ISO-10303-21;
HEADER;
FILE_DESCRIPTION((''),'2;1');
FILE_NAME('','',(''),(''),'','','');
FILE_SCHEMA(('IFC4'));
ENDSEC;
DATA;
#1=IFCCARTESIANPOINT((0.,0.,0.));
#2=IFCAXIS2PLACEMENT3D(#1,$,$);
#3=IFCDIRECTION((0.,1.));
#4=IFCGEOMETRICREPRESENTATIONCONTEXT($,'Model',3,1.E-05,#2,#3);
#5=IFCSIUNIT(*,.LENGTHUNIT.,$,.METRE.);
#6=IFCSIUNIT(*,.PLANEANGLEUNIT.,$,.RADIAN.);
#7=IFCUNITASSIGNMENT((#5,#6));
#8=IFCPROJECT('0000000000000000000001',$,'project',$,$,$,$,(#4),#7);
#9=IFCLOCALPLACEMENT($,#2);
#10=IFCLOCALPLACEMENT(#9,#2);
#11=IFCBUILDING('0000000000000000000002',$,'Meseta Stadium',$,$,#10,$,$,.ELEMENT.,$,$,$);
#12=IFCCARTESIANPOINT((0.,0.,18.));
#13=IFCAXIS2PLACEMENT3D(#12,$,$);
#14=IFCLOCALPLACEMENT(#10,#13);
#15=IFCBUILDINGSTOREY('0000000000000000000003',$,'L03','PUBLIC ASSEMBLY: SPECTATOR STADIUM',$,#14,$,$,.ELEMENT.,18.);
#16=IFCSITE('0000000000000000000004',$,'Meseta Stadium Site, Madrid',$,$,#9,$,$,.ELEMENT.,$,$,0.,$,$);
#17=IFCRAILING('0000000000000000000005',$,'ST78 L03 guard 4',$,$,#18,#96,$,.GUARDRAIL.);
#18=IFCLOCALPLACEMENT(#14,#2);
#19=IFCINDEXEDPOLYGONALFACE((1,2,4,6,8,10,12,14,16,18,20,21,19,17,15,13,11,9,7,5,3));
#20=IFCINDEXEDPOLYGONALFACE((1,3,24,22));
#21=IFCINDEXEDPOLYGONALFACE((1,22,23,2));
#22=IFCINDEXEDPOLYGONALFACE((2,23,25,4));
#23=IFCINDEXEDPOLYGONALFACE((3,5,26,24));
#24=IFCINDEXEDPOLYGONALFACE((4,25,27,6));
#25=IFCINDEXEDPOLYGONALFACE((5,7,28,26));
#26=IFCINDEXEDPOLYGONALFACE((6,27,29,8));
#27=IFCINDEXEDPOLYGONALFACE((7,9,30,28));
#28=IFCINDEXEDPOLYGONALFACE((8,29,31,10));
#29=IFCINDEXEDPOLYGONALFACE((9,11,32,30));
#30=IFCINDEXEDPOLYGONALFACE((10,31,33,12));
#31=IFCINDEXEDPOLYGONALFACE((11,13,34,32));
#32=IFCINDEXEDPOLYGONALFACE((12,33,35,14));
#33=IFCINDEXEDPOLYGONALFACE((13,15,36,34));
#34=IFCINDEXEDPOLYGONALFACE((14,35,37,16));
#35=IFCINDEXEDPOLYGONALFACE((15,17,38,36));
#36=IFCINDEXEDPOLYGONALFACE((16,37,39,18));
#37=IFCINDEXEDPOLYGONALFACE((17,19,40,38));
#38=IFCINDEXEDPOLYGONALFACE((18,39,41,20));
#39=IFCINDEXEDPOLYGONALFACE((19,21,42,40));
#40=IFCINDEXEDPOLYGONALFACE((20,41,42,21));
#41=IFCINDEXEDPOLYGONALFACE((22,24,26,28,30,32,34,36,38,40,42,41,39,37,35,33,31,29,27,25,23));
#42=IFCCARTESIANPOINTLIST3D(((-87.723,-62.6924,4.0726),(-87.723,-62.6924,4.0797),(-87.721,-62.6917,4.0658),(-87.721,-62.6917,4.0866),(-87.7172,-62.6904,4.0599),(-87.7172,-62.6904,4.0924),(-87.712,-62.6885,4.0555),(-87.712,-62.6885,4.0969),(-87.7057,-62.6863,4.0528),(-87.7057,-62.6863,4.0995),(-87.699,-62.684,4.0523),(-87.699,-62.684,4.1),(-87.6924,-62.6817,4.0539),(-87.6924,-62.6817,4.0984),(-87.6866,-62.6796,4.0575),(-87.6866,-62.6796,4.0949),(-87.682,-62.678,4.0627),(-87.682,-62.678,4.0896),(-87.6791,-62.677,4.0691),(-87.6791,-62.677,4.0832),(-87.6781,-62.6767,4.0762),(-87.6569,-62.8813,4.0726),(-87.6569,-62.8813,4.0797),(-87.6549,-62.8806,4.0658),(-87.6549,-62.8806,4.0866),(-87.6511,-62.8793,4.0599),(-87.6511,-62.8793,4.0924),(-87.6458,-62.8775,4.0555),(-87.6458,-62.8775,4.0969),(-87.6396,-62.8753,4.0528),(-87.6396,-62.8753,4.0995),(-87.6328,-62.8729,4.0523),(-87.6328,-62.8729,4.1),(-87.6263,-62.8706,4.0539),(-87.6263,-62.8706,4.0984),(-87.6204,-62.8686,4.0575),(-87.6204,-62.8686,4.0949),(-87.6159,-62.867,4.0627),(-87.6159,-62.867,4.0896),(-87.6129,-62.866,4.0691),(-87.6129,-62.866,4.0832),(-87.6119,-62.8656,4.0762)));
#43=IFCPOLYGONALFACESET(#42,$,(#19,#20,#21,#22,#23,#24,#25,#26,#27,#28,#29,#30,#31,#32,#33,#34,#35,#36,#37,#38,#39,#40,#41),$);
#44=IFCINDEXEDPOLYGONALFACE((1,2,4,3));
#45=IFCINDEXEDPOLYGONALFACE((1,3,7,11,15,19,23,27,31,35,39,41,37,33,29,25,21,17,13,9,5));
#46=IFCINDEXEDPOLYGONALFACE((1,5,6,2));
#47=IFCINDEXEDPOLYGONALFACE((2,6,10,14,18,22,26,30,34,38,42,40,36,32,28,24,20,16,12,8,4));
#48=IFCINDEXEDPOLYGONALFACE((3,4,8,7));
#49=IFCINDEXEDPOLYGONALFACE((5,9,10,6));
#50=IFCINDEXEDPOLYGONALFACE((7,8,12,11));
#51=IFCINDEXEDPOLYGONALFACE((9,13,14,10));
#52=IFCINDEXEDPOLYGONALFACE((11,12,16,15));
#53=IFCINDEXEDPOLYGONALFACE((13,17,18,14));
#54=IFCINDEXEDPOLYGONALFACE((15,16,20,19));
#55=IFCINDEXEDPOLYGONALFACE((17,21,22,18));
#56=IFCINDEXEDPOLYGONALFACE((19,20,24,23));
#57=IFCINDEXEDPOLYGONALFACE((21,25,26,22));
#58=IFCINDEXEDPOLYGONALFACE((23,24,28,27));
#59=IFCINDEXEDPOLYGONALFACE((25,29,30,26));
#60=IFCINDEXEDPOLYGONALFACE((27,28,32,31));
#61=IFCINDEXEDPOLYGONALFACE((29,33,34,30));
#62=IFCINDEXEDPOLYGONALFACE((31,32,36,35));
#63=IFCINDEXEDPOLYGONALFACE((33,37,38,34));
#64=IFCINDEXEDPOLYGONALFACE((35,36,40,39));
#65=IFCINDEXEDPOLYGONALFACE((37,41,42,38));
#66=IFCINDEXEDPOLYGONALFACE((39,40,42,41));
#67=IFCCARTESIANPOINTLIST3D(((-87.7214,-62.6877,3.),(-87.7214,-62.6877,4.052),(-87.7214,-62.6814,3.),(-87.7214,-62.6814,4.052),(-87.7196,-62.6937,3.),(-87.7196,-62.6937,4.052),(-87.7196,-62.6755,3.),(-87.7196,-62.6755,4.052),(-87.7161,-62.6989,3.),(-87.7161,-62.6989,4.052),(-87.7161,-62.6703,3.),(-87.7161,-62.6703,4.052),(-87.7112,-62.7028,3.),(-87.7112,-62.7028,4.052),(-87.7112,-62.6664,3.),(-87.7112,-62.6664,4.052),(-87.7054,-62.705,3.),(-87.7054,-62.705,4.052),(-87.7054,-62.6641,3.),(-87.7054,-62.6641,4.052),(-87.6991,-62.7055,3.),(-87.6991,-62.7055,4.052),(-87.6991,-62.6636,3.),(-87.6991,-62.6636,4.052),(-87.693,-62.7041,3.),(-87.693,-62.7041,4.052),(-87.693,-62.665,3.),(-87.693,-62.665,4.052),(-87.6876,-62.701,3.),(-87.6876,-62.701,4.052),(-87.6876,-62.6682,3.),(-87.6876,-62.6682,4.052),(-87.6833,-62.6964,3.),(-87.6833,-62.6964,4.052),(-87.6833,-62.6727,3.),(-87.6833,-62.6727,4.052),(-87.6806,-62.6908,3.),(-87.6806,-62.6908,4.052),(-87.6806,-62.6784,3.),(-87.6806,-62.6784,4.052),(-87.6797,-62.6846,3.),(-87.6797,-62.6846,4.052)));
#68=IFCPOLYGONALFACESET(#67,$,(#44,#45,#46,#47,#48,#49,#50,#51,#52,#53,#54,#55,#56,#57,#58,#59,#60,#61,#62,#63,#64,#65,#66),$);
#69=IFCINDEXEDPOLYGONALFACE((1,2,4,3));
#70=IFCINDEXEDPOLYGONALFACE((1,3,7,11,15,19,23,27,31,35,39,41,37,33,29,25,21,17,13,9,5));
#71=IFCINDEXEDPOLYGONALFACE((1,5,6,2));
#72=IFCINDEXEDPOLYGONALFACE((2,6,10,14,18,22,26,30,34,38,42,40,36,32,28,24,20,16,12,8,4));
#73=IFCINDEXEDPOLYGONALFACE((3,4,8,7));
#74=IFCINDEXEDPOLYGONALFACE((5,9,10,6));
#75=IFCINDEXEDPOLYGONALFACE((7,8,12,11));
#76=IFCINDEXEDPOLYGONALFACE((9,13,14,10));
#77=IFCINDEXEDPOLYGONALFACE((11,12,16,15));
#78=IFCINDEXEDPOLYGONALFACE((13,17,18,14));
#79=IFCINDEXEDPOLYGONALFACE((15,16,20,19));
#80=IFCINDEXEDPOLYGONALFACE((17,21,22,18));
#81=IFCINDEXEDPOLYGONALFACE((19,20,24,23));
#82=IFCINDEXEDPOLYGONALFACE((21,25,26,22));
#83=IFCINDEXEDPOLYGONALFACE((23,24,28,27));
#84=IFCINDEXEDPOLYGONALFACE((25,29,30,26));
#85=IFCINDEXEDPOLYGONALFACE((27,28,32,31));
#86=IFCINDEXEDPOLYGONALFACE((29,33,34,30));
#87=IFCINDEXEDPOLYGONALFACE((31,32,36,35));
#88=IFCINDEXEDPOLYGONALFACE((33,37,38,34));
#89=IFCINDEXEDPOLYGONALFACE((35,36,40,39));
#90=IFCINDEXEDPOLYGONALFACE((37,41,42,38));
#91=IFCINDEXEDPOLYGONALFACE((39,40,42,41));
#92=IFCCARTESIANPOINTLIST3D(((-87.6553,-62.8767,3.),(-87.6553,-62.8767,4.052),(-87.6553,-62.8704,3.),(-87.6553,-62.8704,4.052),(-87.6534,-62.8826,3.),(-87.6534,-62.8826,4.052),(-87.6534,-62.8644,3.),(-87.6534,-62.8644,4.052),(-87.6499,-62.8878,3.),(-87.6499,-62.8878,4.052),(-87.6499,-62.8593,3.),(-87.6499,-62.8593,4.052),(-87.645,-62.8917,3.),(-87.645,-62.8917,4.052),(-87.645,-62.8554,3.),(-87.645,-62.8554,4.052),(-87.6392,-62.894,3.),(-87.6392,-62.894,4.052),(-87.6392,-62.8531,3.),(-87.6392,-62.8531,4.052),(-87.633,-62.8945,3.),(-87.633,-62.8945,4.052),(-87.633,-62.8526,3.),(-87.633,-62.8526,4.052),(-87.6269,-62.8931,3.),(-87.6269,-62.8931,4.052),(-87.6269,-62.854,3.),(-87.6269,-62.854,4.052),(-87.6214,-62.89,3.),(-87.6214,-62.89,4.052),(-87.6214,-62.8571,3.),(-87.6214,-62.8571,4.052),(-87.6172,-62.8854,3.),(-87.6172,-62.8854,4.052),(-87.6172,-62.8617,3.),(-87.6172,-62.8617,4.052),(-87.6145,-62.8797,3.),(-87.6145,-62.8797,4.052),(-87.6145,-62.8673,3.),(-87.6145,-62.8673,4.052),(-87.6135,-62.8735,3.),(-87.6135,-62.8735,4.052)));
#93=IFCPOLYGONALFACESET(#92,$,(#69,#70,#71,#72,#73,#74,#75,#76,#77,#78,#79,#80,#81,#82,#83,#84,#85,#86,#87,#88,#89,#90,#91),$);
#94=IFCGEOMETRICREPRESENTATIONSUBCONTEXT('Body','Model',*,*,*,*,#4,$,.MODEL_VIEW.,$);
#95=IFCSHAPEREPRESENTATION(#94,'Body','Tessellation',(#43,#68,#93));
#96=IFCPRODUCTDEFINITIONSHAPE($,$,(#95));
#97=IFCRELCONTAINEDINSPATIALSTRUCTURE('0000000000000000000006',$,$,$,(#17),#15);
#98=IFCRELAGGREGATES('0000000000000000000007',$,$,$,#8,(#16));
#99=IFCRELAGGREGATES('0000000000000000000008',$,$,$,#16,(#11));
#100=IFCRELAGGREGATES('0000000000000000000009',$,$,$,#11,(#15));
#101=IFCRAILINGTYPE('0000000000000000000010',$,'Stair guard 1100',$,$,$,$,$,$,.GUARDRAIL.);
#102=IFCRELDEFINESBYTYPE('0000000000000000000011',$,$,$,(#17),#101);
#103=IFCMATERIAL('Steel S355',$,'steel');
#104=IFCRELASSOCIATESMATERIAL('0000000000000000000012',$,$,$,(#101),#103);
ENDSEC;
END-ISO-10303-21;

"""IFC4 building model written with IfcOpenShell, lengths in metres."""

from ifc_helpers import new_model, si_unit, direction, frame, origin, origin_2d, place, context, subcontext, project, spatial, circle, extrude, material, type_object, element, save


model = new_model("IFC4")

# Units and contexts
model_context = context("Model", 3, precision=1e-05, world=origin(), true_north=direction((0.0, 1.0)))
body_context = subcontext(model_context, "Body", "Model", "MODEL_VIEW")
ifc_project = project(units=[si_unit("LENGTHUNIT", "METRE"), si_unit("PLANEANGLEUNIT", "RADIAN")], contexts=[model_context])

# Site, building, storey
site_placement = place(None, origin())
site = spatial("IfcSite", under=ifc_project, at=site_placement, Name="Meseta Stadium Site, Madrid", CompositionType="ELEMENT", RefElevation=0.0)
building_placement = place(site_placement, origin())
building = spatial("IfcBuilding", under=site, at=building_placement, Name="Meseta Stadium", CompositionType="ELEMENT")
storey_placement = place(building_placement, frame((0.0, 0.0, 18.0)))
storey = spatial("IfcBuildingStorey", under=building, at=storey_placement, Name="L03", Description="PUBLIC ASSEMBLY: SPECTATOR STADIUM", CompositionType="ELEMENT", Elevation=18.0)

# Railing
ifc_material_1 = material(Name="Steel S355", Category="steel")
railing_type_1 = type_object("IfcRailingType", Name="Stair guard 1100", PredefinedType="GUARDRAIL", material=ifc_material_1)
railing_1_placement = place(storey_placement, frame((-87.7007, -62.6846, 3.0)))
element("IfcRailing", 1, at=railing_1_placement, inside=storey, type_object=railing_type_1, Name="ST78 L03 guard 4", PredefinedType="GUARDRAIL", context=body_context, shape_type="SweptSolid", body=[
    extrude(circle(Radius=0.0239, at=origin_2d()), frame((0.0, 0.0, 1.0762), z_axis=(0.330459, -0.94382, 0.0), x_axis=(0.94382, 0.330459, 0.0)), (0.0, 0.0, 1.0), 0.2002),
    extrude(circle(Radius=0.021, at=origin_2d()), origin(), (0.0, 0.0, 1.0), 1.052),
    extrude(circle(Radius=0.021, at=origin_2d()), frame((0.0662, -0.189, 0.0)), (0.0, 0.0, 1.0), 1.052),
])

save(model, "model.ifc")
